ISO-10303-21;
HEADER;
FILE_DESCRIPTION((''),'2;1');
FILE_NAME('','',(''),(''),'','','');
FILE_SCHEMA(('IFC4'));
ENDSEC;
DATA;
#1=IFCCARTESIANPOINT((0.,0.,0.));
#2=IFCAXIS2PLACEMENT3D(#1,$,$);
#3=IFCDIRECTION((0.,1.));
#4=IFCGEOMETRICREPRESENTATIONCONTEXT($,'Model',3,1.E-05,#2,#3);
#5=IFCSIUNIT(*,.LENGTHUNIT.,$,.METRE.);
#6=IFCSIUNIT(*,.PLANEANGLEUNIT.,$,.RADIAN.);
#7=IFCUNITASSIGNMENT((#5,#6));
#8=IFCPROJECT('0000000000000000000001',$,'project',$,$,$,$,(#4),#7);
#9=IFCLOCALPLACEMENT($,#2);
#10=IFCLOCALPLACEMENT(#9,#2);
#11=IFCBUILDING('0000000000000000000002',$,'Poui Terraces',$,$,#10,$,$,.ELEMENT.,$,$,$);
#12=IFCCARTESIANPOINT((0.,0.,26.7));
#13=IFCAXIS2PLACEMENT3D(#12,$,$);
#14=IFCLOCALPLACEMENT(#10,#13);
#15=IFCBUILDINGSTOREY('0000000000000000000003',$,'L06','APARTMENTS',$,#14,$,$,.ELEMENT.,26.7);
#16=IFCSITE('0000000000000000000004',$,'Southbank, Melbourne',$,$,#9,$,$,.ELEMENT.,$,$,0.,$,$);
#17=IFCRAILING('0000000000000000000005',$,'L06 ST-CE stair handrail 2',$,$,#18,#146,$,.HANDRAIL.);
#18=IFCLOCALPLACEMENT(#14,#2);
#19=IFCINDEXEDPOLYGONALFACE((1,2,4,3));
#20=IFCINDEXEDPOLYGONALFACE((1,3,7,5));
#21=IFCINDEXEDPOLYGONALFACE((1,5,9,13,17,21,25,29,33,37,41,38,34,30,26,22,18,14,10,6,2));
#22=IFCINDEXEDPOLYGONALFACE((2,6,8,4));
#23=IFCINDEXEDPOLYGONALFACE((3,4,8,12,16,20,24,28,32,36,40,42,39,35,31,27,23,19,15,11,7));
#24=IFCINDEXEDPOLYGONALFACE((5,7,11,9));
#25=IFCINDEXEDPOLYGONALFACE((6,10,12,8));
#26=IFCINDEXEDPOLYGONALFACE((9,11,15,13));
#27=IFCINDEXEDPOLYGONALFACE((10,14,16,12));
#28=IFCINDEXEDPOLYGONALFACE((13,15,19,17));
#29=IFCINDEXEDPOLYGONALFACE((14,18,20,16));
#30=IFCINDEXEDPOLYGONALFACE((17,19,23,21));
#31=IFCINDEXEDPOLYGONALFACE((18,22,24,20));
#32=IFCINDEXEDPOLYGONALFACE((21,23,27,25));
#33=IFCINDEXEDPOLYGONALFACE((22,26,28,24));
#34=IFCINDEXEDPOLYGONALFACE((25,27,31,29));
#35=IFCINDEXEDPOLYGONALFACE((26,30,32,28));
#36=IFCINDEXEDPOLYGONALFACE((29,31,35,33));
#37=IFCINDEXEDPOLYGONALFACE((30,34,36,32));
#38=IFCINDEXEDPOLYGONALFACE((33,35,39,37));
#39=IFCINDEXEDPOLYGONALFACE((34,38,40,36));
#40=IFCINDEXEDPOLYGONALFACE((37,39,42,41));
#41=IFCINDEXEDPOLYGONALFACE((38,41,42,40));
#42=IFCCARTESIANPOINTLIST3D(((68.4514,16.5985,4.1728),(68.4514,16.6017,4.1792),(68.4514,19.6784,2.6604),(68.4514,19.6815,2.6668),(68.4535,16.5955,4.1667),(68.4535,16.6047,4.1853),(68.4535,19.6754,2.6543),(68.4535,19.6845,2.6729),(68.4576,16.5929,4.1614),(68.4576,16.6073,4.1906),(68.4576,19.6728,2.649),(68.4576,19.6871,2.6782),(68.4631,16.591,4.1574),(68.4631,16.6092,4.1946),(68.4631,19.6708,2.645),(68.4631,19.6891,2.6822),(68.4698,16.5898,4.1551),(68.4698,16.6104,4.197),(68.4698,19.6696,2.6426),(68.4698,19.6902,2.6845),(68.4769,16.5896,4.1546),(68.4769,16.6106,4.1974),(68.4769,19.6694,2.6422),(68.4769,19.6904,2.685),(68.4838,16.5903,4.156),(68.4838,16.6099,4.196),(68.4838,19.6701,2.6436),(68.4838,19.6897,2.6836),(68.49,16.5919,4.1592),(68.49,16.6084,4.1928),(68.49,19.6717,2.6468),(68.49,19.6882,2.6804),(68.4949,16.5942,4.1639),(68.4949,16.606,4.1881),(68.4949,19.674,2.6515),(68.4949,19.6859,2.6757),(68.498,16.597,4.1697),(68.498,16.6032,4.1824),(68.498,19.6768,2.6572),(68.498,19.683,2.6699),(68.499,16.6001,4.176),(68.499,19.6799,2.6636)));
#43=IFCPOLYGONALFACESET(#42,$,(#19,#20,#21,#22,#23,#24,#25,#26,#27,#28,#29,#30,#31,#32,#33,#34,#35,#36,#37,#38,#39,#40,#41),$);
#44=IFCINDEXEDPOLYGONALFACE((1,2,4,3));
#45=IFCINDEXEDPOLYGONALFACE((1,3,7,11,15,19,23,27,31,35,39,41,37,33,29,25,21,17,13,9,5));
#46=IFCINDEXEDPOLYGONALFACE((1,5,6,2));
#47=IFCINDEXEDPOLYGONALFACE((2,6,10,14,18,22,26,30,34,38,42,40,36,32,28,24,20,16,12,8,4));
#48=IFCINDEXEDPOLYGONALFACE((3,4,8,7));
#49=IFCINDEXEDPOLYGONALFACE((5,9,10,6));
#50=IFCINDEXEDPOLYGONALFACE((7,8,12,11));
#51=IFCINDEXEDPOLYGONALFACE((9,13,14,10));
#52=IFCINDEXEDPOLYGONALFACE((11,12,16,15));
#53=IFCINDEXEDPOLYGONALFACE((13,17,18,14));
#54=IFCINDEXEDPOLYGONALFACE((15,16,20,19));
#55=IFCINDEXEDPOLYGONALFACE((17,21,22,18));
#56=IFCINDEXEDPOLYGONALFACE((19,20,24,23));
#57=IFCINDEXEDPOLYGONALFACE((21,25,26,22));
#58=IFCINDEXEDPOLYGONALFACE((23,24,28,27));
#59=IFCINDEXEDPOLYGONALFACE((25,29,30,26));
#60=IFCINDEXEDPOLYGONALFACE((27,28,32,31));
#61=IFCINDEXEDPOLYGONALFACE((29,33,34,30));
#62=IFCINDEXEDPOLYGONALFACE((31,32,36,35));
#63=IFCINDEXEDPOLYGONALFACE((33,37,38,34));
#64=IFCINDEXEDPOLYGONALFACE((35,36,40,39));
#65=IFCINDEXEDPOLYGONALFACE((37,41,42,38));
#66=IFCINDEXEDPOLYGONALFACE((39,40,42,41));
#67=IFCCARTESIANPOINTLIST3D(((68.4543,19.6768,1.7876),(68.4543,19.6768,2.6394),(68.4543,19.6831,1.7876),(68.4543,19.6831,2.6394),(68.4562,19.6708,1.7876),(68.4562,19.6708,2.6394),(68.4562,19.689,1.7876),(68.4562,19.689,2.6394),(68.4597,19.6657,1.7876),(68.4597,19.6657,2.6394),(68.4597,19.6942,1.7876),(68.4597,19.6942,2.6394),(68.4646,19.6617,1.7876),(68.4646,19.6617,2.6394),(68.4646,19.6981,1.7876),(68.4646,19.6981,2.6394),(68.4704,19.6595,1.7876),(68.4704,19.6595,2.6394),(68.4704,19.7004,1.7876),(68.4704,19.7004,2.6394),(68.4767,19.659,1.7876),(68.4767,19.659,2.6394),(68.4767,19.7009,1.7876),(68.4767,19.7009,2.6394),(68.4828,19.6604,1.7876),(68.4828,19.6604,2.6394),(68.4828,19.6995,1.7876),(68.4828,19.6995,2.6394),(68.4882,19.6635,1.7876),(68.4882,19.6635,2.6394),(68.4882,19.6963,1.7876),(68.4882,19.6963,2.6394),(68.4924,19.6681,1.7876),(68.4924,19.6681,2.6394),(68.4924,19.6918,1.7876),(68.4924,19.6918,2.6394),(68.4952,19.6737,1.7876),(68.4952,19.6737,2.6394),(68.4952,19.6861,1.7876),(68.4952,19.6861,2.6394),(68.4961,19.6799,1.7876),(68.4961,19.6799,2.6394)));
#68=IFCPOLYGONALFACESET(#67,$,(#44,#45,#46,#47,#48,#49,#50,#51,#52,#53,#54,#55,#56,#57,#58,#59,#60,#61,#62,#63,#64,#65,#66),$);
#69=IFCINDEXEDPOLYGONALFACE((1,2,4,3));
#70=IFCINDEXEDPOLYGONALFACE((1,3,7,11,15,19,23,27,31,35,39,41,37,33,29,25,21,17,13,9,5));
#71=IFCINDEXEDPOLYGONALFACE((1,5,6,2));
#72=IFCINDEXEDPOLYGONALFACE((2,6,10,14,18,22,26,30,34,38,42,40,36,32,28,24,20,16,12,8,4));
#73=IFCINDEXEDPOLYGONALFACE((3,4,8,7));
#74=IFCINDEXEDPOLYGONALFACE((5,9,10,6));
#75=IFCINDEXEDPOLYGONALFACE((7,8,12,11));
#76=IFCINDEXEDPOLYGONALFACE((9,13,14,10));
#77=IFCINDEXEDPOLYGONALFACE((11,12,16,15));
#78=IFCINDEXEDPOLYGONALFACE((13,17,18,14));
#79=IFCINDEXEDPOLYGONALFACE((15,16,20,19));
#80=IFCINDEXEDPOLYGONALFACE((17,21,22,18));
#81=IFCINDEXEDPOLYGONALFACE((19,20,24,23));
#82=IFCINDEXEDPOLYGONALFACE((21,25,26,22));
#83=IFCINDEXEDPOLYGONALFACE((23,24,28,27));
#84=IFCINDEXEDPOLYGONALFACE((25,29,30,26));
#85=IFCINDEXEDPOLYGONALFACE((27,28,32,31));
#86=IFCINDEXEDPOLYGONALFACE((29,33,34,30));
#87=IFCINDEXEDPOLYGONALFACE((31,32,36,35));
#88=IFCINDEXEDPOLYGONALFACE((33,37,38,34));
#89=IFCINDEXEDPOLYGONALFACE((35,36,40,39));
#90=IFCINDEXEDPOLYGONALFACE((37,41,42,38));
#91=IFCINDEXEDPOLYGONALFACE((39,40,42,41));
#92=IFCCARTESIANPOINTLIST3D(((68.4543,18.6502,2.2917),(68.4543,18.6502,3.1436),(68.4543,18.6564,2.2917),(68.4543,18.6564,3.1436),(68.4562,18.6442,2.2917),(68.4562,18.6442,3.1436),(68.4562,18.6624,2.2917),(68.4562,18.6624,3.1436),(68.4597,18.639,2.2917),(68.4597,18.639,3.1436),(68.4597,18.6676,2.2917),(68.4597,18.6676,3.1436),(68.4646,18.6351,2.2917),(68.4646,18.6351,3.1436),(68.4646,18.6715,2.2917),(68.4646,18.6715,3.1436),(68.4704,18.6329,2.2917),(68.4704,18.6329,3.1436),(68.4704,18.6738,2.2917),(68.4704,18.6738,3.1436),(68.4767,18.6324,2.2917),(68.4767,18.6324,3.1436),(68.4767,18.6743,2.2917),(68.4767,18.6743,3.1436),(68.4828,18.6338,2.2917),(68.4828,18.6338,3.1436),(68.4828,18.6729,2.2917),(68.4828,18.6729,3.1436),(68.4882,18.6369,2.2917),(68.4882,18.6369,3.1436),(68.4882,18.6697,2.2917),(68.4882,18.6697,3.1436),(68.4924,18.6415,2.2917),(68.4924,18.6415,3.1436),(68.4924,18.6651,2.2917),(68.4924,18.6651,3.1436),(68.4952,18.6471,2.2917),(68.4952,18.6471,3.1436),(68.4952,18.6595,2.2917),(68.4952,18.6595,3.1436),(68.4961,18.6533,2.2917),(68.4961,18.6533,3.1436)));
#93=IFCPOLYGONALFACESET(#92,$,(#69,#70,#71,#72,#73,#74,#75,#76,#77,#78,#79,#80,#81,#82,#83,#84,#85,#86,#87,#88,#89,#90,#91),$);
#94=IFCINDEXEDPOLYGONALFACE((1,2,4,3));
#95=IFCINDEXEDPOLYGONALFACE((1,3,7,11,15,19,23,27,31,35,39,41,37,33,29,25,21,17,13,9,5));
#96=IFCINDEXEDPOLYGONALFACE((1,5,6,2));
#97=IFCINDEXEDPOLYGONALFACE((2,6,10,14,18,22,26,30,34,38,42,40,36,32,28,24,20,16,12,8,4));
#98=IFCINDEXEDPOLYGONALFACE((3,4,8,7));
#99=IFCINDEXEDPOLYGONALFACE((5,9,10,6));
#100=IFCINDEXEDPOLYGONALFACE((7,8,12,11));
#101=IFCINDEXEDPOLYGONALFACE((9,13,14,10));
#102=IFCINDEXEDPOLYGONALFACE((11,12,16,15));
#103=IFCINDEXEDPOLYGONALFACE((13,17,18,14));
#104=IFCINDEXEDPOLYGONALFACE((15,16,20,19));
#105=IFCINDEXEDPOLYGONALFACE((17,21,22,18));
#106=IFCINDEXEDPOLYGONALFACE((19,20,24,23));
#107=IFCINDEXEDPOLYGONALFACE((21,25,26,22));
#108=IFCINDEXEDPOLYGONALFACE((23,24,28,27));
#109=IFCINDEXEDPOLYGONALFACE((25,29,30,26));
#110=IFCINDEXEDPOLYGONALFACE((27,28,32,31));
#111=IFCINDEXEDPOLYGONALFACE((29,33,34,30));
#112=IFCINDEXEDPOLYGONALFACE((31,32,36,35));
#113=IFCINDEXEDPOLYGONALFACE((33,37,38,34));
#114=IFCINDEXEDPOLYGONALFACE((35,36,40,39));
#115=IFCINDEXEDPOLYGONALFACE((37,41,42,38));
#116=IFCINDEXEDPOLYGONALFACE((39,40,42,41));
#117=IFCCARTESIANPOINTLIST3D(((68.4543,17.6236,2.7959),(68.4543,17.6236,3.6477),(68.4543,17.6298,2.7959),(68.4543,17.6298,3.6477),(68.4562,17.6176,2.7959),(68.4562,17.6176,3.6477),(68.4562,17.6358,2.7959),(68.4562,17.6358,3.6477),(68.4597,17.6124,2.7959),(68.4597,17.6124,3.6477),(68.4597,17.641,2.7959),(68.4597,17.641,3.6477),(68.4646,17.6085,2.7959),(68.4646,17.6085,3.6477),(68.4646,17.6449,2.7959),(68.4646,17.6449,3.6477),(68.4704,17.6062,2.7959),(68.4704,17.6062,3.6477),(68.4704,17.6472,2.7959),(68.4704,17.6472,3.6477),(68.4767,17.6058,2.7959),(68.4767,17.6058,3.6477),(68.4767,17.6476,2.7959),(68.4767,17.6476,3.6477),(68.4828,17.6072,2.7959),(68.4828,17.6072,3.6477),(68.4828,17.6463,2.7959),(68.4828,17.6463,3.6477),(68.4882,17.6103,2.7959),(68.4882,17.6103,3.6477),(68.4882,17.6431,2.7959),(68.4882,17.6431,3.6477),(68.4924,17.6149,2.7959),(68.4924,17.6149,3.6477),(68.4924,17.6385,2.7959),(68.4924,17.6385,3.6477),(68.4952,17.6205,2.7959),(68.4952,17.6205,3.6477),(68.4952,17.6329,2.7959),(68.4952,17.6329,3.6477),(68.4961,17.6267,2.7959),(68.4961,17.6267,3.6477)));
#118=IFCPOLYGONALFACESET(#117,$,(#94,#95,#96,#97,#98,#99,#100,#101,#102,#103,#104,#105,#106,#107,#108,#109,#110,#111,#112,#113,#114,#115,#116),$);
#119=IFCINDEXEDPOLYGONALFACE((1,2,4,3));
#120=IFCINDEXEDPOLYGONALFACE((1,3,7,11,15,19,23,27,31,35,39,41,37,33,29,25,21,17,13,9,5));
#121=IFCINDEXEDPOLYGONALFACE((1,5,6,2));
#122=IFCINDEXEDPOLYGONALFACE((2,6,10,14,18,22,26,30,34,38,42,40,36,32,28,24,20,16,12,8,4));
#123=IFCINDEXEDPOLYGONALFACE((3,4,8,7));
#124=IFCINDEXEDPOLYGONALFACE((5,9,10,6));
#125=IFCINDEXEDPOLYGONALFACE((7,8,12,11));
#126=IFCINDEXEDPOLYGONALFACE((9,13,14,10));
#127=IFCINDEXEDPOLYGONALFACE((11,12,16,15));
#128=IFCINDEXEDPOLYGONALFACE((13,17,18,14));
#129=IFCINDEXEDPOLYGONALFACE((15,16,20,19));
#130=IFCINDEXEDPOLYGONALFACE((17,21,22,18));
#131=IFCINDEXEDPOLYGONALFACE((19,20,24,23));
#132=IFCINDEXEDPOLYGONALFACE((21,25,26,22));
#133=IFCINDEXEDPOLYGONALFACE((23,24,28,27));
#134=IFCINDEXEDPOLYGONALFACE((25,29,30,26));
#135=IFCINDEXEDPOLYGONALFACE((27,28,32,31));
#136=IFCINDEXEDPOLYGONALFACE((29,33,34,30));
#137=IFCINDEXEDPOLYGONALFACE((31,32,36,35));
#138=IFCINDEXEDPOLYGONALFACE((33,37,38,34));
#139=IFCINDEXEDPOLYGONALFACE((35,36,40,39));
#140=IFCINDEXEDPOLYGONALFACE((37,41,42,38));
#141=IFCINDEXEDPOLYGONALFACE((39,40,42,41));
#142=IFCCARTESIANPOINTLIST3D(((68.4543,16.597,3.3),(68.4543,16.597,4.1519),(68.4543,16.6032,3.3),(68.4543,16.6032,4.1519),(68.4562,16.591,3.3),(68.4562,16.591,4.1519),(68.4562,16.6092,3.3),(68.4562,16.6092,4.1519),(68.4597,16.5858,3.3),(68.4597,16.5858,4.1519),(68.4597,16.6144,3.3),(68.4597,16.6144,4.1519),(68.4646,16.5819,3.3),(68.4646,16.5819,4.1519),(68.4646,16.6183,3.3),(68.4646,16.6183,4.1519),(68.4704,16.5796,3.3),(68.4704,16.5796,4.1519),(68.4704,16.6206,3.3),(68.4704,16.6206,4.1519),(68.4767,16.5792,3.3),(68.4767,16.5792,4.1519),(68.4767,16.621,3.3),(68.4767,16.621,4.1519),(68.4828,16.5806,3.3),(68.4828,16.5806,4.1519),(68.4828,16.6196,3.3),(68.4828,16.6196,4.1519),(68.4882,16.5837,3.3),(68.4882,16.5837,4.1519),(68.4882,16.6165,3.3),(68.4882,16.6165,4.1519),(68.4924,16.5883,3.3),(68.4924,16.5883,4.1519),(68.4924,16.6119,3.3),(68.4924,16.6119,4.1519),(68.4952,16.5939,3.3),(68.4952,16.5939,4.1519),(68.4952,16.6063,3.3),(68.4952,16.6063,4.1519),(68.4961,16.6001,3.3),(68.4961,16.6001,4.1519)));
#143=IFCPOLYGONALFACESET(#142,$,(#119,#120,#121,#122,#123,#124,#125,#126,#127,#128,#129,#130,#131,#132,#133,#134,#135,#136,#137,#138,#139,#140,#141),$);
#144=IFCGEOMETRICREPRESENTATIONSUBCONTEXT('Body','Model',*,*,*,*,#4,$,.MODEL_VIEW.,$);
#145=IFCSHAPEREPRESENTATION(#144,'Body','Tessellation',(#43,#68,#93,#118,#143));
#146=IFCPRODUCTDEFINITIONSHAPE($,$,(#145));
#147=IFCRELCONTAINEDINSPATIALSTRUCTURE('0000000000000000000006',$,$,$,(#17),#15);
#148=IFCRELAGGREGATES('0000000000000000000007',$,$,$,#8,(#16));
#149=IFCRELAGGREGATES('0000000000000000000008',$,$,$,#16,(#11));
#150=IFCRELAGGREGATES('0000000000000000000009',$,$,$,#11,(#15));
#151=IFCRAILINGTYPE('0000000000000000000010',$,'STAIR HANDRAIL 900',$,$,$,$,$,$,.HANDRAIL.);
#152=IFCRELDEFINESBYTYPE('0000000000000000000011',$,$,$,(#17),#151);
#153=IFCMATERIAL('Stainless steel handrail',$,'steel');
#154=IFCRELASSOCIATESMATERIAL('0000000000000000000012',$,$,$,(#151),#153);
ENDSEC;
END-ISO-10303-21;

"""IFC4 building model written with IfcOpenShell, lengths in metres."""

from ifc_helpers import new_model, si_unit, direction, frame, origin, origin_2d, place, context, subcontext, project, spatial, circle, extrude, material, type_object, element, save


model = new_model("IFC4")

# Units and contexts
model_context = context("Model", 3, precision=1e-05, world=origin(), true_north=direction((0.0, 1.0)))
body_context = subcontext(model_context, "Body", "Model", "MODEL_VIEW")
ifc_project = project(units=[si_unit("LENGTHUNIT", "METRE"), si_unit("PLANEANGLEUNIT", "RADIAN")], contexts=[model_context])

# Site, building, storey
site_placement = place(None, origin())
site = spatial("IfcSite", under=ifc_project, at=site_placement, Name="Southbank, Melbourne", CompositionType="ELEMENT", RefElevation=0.0)
building_placement = place(site_placement, origin())
building = spatial("IfcBuilding", under=site, at=building_placement, Name="Poui Terraces", CompositionType="ELEMENT")
storey_placement = place(building_placement, frame((0.0, 0.0, 26.7)))
storey = spatial("IfcBuildingStorey", under=building, at=storey_placement, Name="L06", Description="APARTMENTS", CompositionType="ELEMENT", Elevation=26.7)

# Railing
ifc_material_1 = material(Name="Stainless steel handrail", Category="steel")
railing_type = type_object("IfcRailingType", Name="STAIR HANDRAIL 900", PredefinedType="HANDRAIL", material=ifc_material_1)
railing_placement = place(storey_placement, frame((68.4751, 19.6799, 1.7876)))
element("IfcRailing", 1, at=railing_placement, inside=storey, type_object=railing_type, Name="L06 ST-CE stair handrail 2", PredefinedType="HANDRAIL", context=body_context, shape_type="SweptSolid", body=[
    extrude(circle(Radius=0.0239, at=origin_2d()), frame((0.0, 0.0, 0.876), z_axis=(0.0, -0.897606, 0.440798), x_axis=(1.0, 0.0, 0.0)), (0.0, 0.0, 1.0), 3.4312),
    extrude(circle(Radius=0.021, at=origin_2d()), origin(), (0.0, 0.0, 1.0), 0.8518),
    extrude(circle(Radius=0.021, at=origin_2d()), frame((0.0, -1.0266, 0.5042)), (0.0, 0.0, 1.0), 0.8518),
    extrude(circle(Radius=0.021, at=origin_2d()), frame((0.0, -2.0532, 1.0083)), (0.0, 0.0, 1.0), 0.8518),
    extrude(circle(Radius=0.021, at=origin_2d()), frame((0.0, -3.0798, 1.5125)), (0.0, 0.0, 1.0), 0.8518),
])

save(model, "model.ifc")
